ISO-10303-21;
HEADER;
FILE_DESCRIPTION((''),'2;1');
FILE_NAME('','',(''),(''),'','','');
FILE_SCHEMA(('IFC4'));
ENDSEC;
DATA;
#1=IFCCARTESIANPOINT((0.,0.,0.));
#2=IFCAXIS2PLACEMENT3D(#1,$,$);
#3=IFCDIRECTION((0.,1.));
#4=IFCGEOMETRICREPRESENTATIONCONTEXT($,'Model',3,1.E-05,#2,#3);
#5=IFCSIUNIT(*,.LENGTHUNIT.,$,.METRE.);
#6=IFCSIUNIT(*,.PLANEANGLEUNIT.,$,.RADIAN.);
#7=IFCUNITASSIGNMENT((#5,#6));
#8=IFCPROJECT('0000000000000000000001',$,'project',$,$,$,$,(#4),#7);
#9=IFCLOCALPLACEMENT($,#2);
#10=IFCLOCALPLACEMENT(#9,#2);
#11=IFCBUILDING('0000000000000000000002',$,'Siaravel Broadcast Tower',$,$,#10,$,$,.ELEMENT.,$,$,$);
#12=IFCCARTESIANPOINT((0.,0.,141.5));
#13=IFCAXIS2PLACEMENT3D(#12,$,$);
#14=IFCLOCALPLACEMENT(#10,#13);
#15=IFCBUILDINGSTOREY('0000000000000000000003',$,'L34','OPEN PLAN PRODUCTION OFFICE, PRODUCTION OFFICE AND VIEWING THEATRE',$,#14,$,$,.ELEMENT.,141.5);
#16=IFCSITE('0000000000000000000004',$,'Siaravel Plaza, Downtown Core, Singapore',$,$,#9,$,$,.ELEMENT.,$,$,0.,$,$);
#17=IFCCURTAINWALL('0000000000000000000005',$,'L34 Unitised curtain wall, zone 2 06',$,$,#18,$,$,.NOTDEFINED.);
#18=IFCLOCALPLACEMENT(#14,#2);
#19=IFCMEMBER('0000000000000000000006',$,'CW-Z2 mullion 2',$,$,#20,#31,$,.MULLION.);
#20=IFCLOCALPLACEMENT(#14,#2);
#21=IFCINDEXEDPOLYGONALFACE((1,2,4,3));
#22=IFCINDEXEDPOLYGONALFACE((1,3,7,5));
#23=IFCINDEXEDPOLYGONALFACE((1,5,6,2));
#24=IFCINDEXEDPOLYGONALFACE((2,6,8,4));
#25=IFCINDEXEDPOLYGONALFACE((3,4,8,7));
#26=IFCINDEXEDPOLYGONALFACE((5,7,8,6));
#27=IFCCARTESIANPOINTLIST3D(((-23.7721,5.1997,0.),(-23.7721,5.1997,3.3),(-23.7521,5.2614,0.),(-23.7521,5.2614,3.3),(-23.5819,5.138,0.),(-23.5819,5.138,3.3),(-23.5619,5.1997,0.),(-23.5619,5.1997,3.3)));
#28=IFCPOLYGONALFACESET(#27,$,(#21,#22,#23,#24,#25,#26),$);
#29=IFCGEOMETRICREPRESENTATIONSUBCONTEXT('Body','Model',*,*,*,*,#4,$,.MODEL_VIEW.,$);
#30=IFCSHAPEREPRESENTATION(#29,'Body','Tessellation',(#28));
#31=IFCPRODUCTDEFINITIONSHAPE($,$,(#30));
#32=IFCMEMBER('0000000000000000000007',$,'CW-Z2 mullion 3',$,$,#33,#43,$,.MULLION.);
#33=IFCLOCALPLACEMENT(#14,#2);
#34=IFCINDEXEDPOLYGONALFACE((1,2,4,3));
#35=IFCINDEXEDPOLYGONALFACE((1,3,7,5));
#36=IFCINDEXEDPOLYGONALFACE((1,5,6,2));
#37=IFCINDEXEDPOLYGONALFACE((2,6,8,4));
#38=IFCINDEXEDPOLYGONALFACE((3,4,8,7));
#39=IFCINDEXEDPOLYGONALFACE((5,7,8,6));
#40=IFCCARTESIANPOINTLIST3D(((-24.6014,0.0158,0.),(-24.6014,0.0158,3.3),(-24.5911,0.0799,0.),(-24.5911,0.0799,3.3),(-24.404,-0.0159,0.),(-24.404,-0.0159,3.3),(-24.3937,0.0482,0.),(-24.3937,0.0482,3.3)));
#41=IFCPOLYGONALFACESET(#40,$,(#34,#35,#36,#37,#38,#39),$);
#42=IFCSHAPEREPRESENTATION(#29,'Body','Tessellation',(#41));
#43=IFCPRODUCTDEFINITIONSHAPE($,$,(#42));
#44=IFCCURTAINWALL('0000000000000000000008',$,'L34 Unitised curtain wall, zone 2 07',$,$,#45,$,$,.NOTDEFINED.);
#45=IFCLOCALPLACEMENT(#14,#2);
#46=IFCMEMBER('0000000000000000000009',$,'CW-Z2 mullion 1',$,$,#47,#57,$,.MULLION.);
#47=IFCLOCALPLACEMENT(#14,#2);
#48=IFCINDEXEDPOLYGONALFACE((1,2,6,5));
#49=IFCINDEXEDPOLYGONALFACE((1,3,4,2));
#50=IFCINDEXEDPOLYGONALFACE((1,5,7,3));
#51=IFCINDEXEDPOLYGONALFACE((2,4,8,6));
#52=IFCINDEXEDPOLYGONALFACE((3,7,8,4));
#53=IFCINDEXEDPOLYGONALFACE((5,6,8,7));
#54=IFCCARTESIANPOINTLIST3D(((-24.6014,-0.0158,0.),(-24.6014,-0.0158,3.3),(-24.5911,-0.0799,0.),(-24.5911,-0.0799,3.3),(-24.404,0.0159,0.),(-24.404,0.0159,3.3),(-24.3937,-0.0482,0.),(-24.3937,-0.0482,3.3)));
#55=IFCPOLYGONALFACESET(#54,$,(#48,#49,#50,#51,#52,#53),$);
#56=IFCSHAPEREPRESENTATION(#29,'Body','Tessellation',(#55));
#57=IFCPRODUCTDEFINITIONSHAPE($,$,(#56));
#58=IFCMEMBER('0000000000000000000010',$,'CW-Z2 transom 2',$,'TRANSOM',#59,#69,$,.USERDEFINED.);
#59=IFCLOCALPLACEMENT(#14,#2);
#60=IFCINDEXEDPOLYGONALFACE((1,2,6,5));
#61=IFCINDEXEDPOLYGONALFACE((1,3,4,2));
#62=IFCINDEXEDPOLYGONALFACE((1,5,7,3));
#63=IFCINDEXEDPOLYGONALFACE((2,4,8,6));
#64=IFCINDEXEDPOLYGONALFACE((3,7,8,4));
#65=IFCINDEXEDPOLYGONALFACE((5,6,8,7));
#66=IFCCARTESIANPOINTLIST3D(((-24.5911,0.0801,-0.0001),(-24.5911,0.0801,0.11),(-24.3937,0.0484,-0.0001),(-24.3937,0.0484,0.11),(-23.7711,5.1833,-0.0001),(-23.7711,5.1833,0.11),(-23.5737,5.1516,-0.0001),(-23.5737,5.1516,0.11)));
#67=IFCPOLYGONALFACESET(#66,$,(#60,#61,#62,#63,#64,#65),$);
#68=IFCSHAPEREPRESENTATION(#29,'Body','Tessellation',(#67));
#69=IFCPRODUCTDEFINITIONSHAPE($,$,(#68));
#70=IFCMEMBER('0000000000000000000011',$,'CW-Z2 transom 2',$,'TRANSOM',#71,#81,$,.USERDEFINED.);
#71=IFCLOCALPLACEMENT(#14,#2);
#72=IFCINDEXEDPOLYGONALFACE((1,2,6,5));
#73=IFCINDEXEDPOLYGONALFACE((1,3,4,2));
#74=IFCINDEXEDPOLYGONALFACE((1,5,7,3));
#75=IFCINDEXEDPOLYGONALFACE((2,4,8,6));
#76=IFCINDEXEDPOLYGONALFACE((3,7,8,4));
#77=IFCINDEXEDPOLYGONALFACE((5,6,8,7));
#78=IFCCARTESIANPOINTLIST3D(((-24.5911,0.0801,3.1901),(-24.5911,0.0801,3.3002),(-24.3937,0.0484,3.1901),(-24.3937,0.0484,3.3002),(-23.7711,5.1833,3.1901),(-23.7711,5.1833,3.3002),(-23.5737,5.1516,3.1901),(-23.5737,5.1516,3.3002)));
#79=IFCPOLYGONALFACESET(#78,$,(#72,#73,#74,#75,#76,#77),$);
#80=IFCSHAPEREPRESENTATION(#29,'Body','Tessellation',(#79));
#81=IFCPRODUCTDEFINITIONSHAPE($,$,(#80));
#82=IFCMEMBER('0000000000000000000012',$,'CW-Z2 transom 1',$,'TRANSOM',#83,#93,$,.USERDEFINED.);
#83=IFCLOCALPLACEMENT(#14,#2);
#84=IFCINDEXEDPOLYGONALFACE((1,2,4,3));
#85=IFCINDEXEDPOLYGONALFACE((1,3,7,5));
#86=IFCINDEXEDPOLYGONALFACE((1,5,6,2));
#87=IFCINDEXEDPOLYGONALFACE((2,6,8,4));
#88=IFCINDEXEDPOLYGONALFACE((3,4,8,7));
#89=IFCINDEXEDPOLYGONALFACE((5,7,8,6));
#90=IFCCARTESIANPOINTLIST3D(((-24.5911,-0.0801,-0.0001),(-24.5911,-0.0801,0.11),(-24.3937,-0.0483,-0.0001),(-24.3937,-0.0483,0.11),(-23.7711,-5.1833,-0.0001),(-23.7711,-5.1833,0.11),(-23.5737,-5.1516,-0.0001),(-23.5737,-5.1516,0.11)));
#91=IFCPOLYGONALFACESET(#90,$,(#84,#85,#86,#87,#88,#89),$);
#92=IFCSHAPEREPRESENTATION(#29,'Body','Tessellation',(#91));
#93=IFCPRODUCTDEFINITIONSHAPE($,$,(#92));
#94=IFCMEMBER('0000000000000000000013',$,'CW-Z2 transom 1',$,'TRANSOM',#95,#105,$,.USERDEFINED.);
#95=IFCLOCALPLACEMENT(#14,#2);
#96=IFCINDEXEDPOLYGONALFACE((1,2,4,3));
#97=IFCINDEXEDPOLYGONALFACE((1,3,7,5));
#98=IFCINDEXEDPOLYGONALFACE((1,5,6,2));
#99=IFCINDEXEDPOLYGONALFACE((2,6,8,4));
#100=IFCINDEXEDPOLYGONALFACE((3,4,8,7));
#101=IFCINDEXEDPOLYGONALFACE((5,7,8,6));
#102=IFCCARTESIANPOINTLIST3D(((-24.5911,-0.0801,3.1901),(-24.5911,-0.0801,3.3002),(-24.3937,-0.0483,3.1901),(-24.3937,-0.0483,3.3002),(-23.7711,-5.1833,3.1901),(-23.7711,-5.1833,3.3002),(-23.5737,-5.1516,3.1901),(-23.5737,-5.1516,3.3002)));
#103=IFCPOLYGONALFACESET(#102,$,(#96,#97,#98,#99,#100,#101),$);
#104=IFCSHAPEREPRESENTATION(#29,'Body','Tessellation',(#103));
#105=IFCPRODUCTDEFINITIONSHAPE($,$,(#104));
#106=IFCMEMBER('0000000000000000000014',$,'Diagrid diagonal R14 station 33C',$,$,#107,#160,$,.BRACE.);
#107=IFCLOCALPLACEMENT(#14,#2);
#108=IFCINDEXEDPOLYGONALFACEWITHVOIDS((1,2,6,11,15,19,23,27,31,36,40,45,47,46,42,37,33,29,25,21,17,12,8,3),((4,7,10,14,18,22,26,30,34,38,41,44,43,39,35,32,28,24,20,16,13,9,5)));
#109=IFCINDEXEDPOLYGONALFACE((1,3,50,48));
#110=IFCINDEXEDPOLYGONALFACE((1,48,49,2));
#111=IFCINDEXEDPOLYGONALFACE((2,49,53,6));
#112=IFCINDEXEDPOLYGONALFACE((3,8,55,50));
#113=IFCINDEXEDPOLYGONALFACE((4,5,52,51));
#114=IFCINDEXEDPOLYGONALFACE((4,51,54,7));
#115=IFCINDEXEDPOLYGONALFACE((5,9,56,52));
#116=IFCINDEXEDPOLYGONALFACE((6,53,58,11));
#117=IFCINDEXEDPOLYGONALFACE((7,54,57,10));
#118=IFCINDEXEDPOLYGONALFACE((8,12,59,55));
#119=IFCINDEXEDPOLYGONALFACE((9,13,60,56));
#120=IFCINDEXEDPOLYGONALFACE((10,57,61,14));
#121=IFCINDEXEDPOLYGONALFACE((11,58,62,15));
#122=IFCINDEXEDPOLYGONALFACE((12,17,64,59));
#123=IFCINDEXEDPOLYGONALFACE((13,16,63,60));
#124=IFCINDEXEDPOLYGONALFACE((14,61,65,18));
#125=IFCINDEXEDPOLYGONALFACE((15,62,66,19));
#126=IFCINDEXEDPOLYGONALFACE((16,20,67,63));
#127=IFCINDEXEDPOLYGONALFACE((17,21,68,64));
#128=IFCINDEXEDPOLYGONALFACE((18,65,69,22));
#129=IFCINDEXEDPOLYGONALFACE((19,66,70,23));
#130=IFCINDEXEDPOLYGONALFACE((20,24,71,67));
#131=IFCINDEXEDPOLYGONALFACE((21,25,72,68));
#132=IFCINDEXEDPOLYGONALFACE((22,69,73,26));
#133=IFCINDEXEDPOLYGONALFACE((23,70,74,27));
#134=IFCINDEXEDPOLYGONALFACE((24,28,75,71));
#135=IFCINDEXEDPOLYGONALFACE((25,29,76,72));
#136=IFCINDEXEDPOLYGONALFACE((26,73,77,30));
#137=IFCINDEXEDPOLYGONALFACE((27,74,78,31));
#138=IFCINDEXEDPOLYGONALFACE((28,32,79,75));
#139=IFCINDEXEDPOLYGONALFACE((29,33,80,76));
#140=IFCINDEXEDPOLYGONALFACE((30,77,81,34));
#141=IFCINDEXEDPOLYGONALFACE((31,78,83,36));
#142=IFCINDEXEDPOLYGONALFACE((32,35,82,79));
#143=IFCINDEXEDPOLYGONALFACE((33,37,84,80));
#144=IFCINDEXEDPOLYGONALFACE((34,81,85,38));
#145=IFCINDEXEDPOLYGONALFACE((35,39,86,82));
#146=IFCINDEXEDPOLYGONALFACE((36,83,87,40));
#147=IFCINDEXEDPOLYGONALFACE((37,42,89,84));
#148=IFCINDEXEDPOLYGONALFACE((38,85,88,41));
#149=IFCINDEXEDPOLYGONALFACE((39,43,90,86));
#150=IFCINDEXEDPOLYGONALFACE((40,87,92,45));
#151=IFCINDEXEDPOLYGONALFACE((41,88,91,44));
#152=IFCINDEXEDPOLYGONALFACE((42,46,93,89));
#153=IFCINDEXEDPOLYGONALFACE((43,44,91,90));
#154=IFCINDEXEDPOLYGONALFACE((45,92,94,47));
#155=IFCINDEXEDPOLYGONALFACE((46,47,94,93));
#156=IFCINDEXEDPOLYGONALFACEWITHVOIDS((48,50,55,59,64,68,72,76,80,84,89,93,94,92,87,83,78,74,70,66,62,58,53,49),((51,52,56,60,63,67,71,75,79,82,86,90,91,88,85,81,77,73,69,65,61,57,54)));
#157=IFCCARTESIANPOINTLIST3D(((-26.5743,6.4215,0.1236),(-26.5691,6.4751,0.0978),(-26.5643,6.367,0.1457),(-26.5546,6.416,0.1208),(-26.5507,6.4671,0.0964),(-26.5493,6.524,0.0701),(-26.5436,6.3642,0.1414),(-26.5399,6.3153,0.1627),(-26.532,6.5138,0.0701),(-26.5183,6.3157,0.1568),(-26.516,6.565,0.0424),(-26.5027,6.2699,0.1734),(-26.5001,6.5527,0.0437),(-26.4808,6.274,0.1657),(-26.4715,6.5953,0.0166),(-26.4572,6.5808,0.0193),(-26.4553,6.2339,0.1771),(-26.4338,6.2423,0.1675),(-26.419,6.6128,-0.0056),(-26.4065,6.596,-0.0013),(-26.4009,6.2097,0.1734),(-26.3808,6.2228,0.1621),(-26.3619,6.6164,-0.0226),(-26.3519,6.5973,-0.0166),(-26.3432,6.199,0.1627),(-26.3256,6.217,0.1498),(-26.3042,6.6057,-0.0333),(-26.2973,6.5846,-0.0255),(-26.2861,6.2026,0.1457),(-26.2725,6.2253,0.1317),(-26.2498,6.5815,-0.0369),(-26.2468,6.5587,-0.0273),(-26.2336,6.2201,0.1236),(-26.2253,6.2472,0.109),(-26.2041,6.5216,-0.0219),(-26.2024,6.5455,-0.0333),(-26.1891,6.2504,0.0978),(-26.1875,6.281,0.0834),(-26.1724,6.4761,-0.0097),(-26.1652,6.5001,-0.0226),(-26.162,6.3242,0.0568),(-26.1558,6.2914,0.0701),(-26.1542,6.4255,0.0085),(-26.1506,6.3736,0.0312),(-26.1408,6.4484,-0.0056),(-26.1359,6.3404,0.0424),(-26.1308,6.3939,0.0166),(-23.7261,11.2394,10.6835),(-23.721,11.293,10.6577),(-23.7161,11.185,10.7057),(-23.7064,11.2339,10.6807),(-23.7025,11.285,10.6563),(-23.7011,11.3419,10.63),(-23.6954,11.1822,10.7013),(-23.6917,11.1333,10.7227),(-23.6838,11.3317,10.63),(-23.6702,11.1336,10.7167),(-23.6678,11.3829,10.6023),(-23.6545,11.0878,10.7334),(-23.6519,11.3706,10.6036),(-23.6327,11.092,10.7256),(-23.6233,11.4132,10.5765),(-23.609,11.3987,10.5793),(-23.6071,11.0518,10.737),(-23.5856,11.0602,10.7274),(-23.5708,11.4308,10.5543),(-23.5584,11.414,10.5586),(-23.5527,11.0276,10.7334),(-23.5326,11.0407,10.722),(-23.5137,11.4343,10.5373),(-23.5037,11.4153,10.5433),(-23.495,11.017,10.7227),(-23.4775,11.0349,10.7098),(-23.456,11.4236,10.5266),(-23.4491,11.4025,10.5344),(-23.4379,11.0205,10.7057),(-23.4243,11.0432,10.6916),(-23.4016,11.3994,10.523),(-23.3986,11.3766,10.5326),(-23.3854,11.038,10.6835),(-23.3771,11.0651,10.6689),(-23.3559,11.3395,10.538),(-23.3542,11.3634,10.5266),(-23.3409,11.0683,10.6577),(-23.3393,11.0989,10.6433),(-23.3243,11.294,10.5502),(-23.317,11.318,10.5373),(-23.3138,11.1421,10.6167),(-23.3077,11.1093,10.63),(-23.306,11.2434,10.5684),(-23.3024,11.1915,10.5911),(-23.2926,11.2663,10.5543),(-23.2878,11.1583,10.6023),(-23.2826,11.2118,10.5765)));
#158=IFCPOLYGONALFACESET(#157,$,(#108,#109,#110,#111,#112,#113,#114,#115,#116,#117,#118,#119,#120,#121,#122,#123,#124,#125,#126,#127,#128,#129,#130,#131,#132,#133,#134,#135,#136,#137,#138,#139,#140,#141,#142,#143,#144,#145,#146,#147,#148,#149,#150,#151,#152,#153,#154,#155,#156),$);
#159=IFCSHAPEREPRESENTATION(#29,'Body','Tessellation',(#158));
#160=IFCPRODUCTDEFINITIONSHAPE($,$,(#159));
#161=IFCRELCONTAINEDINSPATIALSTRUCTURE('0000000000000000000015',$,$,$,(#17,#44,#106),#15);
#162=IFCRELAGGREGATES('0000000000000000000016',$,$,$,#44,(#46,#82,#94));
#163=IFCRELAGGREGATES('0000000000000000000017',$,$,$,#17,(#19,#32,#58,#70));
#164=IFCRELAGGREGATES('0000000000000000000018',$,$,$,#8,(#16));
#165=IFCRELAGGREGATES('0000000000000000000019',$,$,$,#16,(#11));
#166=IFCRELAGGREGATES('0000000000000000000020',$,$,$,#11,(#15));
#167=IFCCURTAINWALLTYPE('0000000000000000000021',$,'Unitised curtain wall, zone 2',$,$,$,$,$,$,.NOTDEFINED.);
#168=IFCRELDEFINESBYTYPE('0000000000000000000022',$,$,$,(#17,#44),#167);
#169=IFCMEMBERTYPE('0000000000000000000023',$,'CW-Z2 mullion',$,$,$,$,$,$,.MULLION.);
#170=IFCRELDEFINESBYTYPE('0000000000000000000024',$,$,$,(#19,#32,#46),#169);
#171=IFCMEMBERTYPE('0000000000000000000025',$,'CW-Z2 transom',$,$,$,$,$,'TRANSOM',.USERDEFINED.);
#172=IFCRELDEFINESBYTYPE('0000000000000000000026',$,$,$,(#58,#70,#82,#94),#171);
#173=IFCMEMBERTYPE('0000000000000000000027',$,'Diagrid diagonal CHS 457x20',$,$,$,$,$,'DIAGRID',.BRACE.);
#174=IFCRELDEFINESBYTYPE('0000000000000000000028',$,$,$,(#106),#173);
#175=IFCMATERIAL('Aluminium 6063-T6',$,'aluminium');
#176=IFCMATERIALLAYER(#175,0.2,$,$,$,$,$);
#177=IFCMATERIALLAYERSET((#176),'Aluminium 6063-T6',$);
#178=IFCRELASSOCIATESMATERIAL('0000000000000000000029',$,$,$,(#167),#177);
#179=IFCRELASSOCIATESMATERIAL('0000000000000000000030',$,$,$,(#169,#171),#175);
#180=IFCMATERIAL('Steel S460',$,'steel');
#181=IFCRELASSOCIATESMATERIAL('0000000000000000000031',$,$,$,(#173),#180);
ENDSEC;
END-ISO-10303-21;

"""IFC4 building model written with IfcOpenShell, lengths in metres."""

from ifc_helpers import new_model, si_unit, direction, frame, origin, origin_2d, place, context, subcontext, project, spatial, rectangle, hollow_circle, extrude, material, layer, layer_set, material_profile, profile_set, type_object, element, aggregate, save


model = new_model("IFC4")

# Units and contexts
model_context = context("Model", 3, precision=1e-05, world=origin(), true_north=direction((0.0, 1.0)))
body_context = subcontext(model_context, "Body", "Model", "MODEL_VIEW")
ifc_project = project(units=[si_unit("LENGTHUNIT", "METRE"), si_unit("PLANEANGLEUNIT", "RADIAN")], contexts=[model_context])

# Site, building, storey
site_placement = place(None, origin())
site = spatial("IfcSite", under=ifc_project, at=site_placement, Name="Siaravel Plaza, Downtown Core, Singapore", CompositionType="ELEMENT", RefElevation=0.0)
building_placement = place(site_placement, origin())
building = spatial("IfcBuilding", under=site, at=building_placement, Name="Siaravel Broadcast Tower", CompositionType="ELEMENT")
storey_placement = place(building_placement, frame((0.0, 0.0, 141.5)))
storey = spatial("IfcBuildingStorey", under=building, at=storey_placement, Name="L34", Description="OPEN PLAN PRODUCTION OFFICE, PRODUCTION OFFICE AND VIEWING THEATRE", CompositionType="ELEMENT", Elevation=141.5)

# Curtain wall, members
ifc_material_1 = material(Name="Aluminium 6063-T6", Category="aluminium")
ifc_layer_1 = layer(ifc_material_1, 0.2)
ifc_layer_set_1 = layer_set([ifc_layer_1], Name="Aluminium 6063-T6")
curtain_wall_type = type_object("IfcCurtainWallType", Name="Unitised curtain wall, zone 2", PredefinedType="NOTDEFINED", material=ifc_layer_set_1)
curtain_wall_1_placement = place(storey_placement, origin())
curtain_wall_1 = element("IfcCurtainWall", 1, at=curtain_wall_1_placement, inside=storey, type_object=curtain_wall_type, Name="L34 Unitised curtain wall, zone 2 06", PredefinedType="NOTDEFINED")
ifc_material_profile_1 = material_profile(ifc_material_1, rectangle(XDim=0.2, YDim=0.0649, at=origin_2d()))
ifc_profile_set_1 = profile_set([ifc_material_profile_1], Name="Aluminium 6063-T6")
member_type_1 = type_object("IfcMemberType", Name="CW-Z2 mullion", PredefinedType="MULLION", material=ifc_profile_set_1)
member_1_placement = place(storey_placement, frame((-23.667, 5.1997, 0.0), z_axis=(0.0, 0.0, 1.0), x_axis=(0.951177, -0.308645, 0.0)))
member_1 = element("IfcMember", 2, at=member_1_placement, type_object=member_type_1, Name="CW-Z2 mullion 2", PredefinedType="MULLION", context=body_context, shape_type="SweptSolid", body=[
    extrude(rectangle(XDim=0.2, YDim=0.0649, at=origin_2d()), origin(), (0.0, 0.0, 1.0), 3.3),
])
member_2_placement = place(storey_placement, frame((-24.4976, 0.032, 0.0), z_axis=(0.0, 0.0, 1.0), x_axis=(0.987329, -0.158685, 0.0)))
member_2 = element("IfcMember", 3, at=member_2_placement, type_object=member_type_1, Name="CW-Z2 mullion 3", PredefinedType="MULLION", context=body_context, shape_type="SweptSolid", body=[
    extrude(rectangle(XDim=0.2, YDim=0.0649, at=origin_2d()), origin(), (0.0, 0.0, 1.0), 3.3),
])

# Curtain wall, member
curtain_wall_2_placement = place(storey_placement, origin())
curtain_wall_2 = element("IfcCurtainWall", 4, at=curtain_wall_2_placement, inside=storey, type_object=curtain_wall_type, Name="L34 Unitised curtain wall, zone 2 07", PredefinedType="NOTDEFINED")
member_3_placement = place(storey_placement, frame((-24.4976, -0.032, 0.0), z_axis=(0.0, 0.0, 1.0), x_axis=(0.987329, 0.158685, 0.0)))
member_3 = element("IfcMember", 5, at=member_3_placement, type_object=member_type_1, Name="CW-Z2 mullion 1", PredefinedType="MULLION", context=body_context, shape_type="SweptSolid", body=[
    extrude(rectangle(XDim=0.2, YDim=0.0649, at=origin_2d()), origin(), (0.0, 0.0, 1.0), 3.3),
])

# Members
ifc_material_profile_2 = material_profile(ifc_material_1, rectangle(XDim=0.2, YDim=0.1101, at=origin_2d()))
ifc_profile_set_2 = profile_set([ifc_material_profile_2], Name="Aluminium 6063-T6")
member_type_2 = type_object("IfcMemberType", Name="CW-Z2 transom", ElementType="TRANSOM", PredefinedType="USERDEFINED", material=ifc_profile_set_2)
member_4_placement = place(storey_placement, frame((-23.6724, 5.1675, 0.0549), z_axis=(-0.158659, -0.987333, 0.0), x_axis=(0.987333, -0.158659, 0.0)))
member_4 = element("IfcMember", 6, at=member_4_placement, type_object=member_type_2, Name="CW-Z2 transom 2", ObjectType="TRANSOM", PredefinedType="USERDEFINED", context=body_context, shape_type="SweptSolid", body=[
    extrude(rectangle(XDim=0.2, YDim=0.1101, at=origin_2d()), origin(), (0.0, 0.0, 1.0), 5.1687),
])
member_5_placement = place(storey_placement, frame((-23.6724, 5.1675, 3.2451), z_axis=(-0.158659, -0.987333, 0.0), x_axis=(0.987333, -0.158659, 0.0)))
member_5 = element("IfcMember", 7, at=member_5_placement, type_object=member_type_2, Name="CW-Z2 transom 2", ObjectType="TRANSOM", PredefinedType="USERDEFINED", context=body_context, shape_type="SweptSolid", body=[
    extrude(rectangle(XDim=0.2, YDim=0.1101, at=origin_2d()), origin(), (0.0, 0.0, 1.0), 5.1687),
])
member_6_placement = place(storey_placement, frame((-24.4924, -0.0642, 0.0549), z_axis=(0.158659, -0.987333, 0.0), x_axis=(0.987333, 0.158659, 0.0)))
member_6 = element("IfcMember", 8, at=member_6_placement, type_object=member_type_2, Name="CW-Z2 transom 1", ObjectType="TRANSOM", PredefinedType="USERDEFINED", context=body_context, shape_type="SweptSolid", body=[
    extrude(rectangle(XDim=0.2, YDim=0.1101, at=origin_2d()), origin(), (0.0, 0.0, 1.0), 5.1687),
])
member_7_placement = place(storey_placement, frame((-24.4924, -0.0642, 3.2451), z_axis=(0.158659, -0.987333, 0.0), x_axis=(0.987333, 0.158659, 0.0)))
member_7 = element("IfcMember", 9, at=member_7_placement, type_object=member_type_2, Name="CW-Z2 transom 1", ObjectType="TRANSOM", PredefinedType="USERDEFINED", context=body_context, shape_type="SweptSolid", body=[
    extrude(rectangle(XDim=0.2, YDim=0.1101, at=origin_2d()), origin(), (0.0, 0.0, 1.0), 5.1687),
])
aggregate(curtain_wall_2, [member_3, member_6, member_7])

# Member
ifc_material_2 = material(Name="Steel S460", Category="steel")
ifc_material_profile_3 = material_profile(ifc_material_2, hollow_circle(Radius=0.2285, WallThickness=0.02, at=origin_2d()))
ifc_profile_set_3 = profile_set([ifc_material_profile_3], Name="Steel S460")
member_type_3 = type_object("IfcMemberType", Name="Diagrid diagonal CHS 457x20", ElementType="DIAGRID", PredefinedType="BRACE", material=ifc_profile_set_3)
member_8_placement = place(storey_placement, frame((-26.3525, 6.4077, 0.0701), z_axis=(0.238313, 0.403125, 0.883571), x_axis=(-0.860831, 0.508891, 0.0)))
element("IfcMember", 10, at=member_8_placement, inside=storey, type_object=member_type_3, Name="Diagrid diagonal R14 station 33C", PredefinedType="BRACE", context=body_context, shape_type="SweptSolid", body=[
    extrude(hollow_circle(Radius=0.2285, WallThickness=0.02, at=origin_2d()), origin(), (0.0, 0.0, 1.0), 11.9514),
])

aggregate(curtain_wall_1, [member_1, member_2, member_4, member_5])

save(model, "model.ifc")
